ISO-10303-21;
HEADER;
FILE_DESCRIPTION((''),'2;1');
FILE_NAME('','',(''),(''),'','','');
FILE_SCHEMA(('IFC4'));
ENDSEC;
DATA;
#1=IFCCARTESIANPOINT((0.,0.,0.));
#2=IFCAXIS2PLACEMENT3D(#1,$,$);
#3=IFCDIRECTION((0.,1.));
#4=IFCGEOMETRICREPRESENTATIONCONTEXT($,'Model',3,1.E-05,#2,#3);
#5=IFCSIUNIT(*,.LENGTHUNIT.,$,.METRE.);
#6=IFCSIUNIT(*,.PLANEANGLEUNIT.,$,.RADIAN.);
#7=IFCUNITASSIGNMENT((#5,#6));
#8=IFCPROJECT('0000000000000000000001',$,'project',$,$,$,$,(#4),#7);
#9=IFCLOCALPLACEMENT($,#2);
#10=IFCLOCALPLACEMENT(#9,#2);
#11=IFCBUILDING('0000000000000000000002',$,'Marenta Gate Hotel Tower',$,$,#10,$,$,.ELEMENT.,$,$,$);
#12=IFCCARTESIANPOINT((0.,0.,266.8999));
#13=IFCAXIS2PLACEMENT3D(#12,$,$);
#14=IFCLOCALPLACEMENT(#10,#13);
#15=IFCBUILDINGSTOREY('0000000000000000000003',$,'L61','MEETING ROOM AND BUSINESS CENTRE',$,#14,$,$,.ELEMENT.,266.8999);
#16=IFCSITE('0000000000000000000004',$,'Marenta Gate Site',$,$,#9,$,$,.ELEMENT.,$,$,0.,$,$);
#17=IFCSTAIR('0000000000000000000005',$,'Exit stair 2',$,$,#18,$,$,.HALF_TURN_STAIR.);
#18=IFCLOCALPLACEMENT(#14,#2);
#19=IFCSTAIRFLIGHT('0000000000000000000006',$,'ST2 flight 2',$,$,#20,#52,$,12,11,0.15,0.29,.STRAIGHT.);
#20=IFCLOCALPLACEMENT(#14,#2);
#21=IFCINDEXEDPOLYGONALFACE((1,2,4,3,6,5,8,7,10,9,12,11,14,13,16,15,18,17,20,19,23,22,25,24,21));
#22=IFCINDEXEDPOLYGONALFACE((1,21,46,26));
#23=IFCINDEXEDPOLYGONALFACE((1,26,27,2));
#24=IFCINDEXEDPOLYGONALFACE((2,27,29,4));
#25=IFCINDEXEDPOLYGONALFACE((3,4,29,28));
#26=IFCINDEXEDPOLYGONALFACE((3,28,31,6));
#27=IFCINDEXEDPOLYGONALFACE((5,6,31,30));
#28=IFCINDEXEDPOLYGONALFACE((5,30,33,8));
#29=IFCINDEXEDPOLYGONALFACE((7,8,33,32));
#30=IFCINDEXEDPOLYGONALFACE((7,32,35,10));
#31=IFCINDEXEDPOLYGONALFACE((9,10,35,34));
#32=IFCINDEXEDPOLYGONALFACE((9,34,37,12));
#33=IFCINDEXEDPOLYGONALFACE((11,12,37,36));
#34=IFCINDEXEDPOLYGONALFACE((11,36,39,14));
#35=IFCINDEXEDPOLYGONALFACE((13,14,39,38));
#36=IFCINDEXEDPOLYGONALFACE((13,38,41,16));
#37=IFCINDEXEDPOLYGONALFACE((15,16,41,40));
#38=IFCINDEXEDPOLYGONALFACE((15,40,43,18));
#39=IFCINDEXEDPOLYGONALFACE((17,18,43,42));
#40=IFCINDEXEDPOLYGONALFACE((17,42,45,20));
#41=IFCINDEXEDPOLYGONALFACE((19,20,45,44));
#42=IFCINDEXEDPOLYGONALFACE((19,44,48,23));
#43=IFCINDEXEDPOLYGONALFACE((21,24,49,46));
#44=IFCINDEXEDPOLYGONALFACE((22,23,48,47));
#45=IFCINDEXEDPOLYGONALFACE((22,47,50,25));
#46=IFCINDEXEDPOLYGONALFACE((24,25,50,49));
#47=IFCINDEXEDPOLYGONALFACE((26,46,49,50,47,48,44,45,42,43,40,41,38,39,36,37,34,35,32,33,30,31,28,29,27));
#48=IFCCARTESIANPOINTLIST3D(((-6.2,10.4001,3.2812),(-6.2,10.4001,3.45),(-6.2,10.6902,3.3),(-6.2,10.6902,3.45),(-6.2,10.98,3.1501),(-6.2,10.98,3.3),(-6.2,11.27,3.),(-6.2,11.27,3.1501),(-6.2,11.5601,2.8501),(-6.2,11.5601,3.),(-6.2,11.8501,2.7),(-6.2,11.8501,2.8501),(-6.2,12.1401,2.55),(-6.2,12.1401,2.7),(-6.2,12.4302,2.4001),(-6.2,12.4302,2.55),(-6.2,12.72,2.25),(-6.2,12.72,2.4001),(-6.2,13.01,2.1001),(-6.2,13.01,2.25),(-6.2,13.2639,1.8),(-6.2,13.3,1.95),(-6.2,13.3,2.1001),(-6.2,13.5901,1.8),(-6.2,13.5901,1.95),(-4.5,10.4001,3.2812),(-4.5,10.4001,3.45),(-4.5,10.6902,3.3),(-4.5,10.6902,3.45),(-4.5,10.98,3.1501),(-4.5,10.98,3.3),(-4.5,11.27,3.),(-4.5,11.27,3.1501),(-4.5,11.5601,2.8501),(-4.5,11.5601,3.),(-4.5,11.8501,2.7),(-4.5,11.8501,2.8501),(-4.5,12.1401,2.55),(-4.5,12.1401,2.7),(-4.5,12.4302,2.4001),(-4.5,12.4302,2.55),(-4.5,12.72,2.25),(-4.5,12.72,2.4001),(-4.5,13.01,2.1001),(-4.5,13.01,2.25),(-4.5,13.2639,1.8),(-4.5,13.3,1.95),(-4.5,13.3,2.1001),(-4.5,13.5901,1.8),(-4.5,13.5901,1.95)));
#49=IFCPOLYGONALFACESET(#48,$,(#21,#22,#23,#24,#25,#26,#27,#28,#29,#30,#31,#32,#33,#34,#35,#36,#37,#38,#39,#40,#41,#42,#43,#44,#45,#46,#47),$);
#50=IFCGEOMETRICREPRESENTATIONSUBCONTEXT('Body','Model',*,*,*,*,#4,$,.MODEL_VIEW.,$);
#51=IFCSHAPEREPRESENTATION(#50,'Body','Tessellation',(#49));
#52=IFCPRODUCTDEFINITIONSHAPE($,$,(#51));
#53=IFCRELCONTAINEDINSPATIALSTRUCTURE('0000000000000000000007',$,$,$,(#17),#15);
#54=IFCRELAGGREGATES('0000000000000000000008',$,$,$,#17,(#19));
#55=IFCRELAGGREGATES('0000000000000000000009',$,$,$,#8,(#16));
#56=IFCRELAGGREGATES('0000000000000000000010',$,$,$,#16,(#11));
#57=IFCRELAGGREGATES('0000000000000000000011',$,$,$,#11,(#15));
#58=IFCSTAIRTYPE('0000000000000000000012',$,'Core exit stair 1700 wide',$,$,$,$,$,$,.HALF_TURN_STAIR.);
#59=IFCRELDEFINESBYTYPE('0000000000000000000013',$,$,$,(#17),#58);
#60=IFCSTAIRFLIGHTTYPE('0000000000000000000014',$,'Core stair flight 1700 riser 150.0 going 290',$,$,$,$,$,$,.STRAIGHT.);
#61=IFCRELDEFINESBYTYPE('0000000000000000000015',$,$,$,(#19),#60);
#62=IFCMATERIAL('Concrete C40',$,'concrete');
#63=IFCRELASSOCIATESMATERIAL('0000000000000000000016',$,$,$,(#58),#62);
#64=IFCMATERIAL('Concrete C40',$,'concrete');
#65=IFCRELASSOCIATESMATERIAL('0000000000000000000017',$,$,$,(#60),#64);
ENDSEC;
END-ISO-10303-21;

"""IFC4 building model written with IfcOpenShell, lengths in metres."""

from ifc_helpers import new_model, si_unit, direction, frame, origin, place, context, subcontext, project, spatial, polyline, outline, extrude, material, type_object, element, aggregate, save


model = new_model("IFC4")

# Units and contexts
model_context = context("Model", 3, precision=1e-05, world=origin(), true_north=direction((0.0, 1.0)))
body_context = subcontext(model_context, "Body", "Model", "MODEL_VIEW")
ifc_project = project(units=[si_unit("LENGTHUNIT", "METRE"), si_unit("PLANEANGLEUNIT", "RADIAN")], contexts=[model_context])

# Site, building, storey
site_placement = place(None, origin())
site = spatial("IfcSite", under=ifc_project, at=site_placement, Name="Marenta Gate Site", CompositionType="ELEMENT", RefElevation=0.0)
building_placement = place(site_placement, origin())
building = spatial("IfcBuilding", under=site, at=building_placement, Name="Marenta Gate Hotel Tower", CompositionType="ELEMENT")
storey_placement = place(building_placement, frame((0.0, 0.0, 266.8999)))
storey = spatial("IfcBuildingStorey", under=building, at=storey_placement, Name="L61", Description="MEETING ROOM AND BUSINESS CENTRE", CompositionType="ELEMENT", Elevation=266.8999)

# Shared definitions
ifc_material_1 = material(Name="Concrete C40", Category="concrete")
stair_type = type_object("IfcStairType", Name="Core exit stair 1700 wide", PredefinedType="HALF_TURN_STAIR", material=ifc_material_1)
ifc_material_2 = material(Name="Concrete C40", Category="concrete")
stair_flight_type = type_object("IfcStairFlightType", Name="Core stair flight 1700 riser 150.0 going 290", PredefinedType="STRAIGHT", material=ifc_material_2)

# Stair, stair flight
stair_1_placement = place(storey_placement, origin())
stair_1 = element("IfcStair", 1, at=stair_1_placement, inside=storey, type_object=stair_type, Name="Exit stair 2", PredefinedType="HALF_TURN_STAIR")
stair_flight_1_placement = place(storey_placement, frame((-5.3501, 13.5901, 1.8), z_axis=(0.0, 0.0, 1.0), x_axis=(0.0, -1.0, 0.0)))
stair_flight_1 = element("IfcStairFlight", 2, at=stair_flight_1_placement, type_object=stair_flight_type, Name="ST2 flight 2", NumberOfRisers=12, NumberOfTreads=11, PredefinedType="STRAIGHT", RiserHeight=0.15, TreadLength=0.29, context=body_context, shape_type="SweptSolid", body=[
    extrude(outline(polyline([(0.0, 0.0), (0.0, 0.1499), (0.29, 0.1499), (0.29, 0.3), (0.5801, 0.3), (0.5801, 0.45), (0.8701, 0.45), (0.8701, 0.6001), (1.1599, 0.6001), (1.1599, 0.75), (1.45, 0.75), (1.45, 0.8999), (1.74, 0.8999), (1.74, 1.05), (2.03, 1.05), (2.03, 1.2), (2.3201, 1.2), (2.3201, 1.3501), (2.6101, 1.3501), (2.6101, 1.5), (2.8999, 1.5), (2.8999, 1.6499), (3.1899, 1.6499), (3.1899, 1.8), (3.1899, 1.4812), (0.3262, 0.0), (0.0, 0.0)])), frame((0.0, 0.8501, 0.0), z_axis=(0.0, -1.0, 0.0), x_axis=(1.0, 0.0, 0.0)), (0.0, 0.0, 1.0), 1.7),
])
aggregate(stair_1, [stair_flight_1])

save(model, "model.ifc")
